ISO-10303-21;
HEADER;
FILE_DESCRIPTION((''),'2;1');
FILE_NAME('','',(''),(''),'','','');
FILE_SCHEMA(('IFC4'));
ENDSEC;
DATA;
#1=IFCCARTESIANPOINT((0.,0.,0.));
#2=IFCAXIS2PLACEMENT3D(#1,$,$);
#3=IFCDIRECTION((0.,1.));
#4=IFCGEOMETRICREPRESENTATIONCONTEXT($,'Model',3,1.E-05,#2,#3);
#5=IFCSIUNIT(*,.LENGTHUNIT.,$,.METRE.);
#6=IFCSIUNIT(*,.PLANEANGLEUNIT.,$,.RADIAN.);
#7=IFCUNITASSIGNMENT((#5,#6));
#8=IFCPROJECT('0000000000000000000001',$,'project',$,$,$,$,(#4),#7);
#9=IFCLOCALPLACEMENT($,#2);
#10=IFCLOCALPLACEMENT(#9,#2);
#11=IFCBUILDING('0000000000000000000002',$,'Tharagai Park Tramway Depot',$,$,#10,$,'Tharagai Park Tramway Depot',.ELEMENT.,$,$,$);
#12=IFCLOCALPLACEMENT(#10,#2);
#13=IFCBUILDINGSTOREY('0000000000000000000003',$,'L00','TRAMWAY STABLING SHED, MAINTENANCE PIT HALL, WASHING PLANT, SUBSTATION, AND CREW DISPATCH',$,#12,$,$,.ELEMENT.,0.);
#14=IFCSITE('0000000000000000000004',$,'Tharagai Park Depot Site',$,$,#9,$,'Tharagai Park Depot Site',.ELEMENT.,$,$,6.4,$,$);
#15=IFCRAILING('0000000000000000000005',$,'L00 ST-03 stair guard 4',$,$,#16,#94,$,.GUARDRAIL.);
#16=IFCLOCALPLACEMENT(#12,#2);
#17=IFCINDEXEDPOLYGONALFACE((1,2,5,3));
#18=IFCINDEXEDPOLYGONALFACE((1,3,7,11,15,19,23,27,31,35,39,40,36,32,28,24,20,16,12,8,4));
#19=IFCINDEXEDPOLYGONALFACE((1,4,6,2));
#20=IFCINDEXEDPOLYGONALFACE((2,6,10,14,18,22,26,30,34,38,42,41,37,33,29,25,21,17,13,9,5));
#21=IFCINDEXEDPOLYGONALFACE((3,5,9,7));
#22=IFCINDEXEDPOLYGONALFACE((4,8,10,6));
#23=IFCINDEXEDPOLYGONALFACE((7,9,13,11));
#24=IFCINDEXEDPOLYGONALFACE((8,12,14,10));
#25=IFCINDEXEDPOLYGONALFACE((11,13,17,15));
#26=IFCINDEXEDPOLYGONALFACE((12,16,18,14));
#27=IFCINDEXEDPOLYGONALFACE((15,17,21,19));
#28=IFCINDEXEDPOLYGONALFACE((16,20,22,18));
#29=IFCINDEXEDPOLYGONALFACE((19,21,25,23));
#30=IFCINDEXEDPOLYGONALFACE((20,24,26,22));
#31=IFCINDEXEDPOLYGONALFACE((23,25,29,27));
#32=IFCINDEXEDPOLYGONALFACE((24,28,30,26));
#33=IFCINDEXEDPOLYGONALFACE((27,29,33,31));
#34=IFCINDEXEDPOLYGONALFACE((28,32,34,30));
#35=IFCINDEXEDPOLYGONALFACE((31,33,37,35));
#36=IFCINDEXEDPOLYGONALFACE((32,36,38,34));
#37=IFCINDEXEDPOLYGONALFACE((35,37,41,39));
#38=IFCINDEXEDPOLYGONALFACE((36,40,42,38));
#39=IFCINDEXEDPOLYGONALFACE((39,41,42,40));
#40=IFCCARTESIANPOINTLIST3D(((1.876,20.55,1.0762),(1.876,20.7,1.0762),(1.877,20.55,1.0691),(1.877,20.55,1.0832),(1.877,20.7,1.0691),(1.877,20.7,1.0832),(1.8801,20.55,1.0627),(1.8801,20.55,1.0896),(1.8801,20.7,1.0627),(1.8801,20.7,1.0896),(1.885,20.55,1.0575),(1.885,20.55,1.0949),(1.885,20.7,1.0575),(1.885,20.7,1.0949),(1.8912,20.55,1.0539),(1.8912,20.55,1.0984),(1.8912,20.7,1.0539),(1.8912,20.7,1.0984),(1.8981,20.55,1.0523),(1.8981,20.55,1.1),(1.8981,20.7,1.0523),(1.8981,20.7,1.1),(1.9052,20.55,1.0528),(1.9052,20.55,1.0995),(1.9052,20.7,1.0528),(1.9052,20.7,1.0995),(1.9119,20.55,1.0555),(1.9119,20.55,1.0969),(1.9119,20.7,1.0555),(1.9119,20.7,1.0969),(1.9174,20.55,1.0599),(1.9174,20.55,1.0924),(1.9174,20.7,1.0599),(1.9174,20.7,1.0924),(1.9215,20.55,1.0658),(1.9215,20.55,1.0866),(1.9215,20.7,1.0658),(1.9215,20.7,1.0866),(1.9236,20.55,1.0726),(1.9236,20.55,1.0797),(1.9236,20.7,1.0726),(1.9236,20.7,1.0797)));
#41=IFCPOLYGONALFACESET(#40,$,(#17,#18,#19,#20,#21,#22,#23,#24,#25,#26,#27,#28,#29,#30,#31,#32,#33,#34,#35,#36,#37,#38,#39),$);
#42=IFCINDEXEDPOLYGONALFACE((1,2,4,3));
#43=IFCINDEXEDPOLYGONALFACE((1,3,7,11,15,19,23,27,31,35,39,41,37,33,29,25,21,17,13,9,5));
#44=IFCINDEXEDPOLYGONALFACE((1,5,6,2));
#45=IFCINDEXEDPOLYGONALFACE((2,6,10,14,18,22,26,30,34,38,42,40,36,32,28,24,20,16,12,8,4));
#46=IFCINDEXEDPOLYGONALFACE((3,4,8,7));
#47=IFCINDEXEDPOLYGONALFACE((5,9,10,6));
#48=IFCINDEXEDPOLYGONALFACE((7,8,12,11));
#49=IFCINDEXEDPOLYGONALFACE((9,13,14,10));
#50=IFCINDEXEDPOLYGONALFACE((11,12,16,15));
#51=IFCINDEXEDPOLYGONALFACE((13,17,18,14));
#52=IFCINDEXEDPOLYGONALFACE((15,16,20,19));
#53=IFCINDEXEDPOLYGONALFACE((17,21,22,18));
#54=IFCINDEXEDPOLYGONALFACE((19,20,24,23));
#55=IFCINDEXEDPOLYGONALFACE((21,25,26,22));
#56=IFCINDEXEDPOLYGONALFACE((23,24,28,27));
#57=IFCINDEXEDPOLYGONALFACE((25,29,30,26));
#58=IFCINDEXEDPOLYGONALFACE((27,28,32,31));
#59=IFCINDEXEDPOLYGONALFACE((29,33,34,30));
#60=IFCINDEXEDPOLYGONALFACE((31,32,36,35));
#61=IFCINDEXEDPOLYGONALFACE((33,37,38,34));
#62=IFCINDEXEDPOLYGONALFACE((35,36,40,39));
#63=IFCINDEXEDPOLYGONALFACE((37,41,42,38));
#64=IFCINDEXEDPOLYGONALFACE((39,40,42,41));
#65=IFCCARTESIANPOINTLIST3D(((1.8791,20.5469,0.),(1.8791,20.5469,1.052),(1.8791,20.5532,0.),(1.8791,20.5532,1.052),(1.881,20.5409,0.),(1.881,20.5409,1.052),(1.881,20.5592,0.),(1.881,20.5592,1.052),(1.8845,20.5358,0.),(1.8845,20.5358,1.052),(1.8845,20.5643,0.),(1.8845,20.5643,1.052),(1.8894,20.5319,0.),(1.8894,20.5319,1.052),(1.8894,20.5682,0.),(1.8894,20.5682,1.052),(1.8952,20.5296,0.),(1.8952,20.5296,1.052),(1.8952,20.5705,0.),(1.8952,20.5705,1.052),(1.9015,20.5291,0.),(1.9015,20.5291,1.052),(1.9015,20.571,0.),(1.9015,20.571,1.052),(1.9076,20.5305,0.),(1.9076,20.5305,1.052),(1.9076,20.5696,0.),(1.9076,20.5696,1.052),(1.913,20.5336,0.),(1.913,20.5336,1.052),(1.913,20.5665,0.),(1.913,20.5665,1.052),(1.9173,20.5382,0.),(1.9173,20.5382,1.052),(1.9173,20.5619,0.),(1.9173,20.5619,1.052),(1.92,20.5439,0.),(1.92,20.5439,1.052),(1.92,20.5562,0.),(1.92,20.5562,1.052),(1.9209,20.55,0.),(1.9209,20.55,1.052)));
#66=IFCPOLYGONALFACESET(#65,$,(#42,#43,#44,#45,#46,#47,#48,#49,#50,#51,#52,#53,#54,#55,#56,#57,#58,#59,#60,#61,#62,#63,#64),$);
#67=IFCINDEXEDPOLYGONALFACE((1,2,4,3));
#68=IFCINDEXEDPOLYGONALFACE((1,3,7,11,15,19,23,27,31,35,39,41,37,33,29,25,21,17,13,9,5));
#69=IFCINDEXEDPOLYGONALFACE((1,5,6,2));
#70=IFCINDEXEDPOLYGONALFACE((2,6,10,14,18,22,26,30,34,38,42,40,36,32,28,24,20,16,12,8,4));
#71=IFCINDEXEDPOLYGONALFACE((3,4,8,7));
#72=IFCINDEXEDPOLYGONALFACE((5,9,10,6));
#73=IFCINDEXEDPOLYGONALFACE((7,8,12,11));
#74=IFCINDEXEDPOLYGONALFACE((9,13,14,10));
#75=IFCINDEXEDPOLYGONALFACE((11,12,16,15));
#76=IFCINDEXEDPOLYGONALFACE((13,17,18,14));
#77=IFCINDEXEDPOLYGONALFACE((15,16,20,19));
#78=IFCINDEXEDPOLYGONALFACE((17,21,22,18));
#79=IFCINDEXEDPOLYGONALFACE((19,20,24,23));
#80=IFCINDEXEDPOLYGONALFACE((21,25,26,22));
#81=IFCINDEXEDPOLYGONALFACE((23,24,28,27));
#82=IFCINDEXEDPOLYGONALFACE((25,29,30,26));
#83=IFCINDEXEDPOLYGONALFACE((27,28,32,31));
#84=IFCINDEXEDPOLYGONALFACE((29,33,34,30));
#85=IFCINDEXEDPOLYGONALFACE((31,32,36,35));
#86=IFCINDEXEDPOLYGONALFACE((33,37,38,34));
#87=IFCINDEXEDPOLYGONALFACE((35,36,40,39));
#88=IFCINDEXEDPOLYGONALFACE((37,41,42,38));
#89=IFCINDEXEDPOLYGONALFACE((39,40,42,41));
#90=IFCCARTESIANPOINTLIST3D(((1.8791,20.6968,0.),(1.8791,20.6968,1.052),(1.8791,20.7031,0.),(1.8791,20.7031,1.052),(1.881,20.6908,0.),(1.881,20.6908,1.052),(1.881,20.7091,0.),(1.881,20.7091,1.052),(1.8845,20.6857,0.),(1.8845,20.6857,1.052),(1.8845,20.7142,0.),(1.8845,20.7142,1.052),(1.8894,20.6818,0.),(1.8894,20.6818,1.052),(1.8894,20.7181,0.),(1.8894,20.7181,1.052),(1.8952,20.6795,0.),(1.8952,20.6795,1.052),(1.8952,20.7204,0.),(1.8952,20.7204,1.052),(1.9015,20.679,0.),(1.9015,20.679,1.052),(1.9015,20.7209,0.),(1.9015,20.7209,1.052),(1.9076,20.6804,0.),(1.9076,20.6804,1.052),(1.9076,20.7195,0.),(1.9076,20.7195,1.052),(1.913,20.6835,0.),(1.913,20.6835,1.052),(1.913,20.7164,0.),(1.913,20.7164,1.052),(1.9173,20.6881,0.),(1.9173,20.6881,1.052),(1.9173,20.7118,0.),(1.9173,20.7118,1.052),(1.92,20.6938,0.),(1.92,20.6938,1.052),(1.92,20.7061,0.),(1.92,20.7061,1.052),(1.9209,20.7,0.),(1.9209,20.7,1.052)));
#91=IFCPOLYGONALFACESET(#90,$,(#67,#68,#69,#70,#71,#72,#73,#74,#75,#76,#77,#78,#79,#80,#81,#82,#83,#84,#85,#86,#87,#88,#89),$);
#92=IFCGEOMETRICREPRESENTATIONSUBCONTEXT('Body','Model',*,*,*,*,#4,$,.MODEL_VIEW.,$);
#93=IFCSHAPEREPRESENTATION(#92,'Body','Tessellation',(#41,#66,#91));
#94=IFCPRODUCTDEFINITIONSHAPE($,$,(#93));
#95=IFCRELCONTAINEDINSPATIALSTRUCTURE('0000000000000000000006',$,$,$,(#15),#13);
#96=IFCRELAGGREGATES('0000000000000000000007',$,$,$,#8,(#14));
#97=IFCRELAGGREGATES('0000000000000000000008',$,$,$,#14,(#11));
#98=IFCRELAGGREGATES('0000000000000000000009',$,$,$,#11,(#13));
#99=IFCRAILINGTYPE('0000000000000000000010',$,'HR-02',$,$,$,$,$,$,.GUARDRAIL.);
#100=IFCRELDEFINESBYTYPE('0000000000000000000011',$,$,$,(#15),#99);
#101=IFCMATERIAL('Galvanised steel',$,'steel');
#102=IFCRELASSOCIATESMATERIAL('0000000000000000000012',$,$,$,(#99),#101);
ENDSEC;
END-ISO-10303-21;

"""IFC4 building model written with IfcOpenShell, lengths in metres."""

from ifc_helpers import new_model, si_unit, direction, frame, origin, origin_2d, place, context, subcontext, project, spatial, circle, extrude, material, type_object, element, save


model = new_model("IFC4")

# Units and contexts
model_context = context("Model", 3, precision=1e-05, world=origin(), true_north=direction((0.0, 1.0)))
body_context = subcontext(model_context, "Body", "Model", "MODEL_VIEW")
ifc_project = project(units=[si_unit("LENGTHUNIT", "METRE"), si_unit("PLANEANGLEUNIT", "RADIAN")], contexts=[model_context])

# Site, building, storey
site_placement = place(None, origin())
site = spatial("IfcSite", under=ifc_project, at=site_placement, Name="Tharagai Park Depot Site", LongName="Tharagai Park Depot Site", CompositionType="ELEMENT", RefElevation=6.4)
building_placement = place(site_placement, origin())
building = spatial("IfcBuilding", under=site, at=building_placement, Name="Tharagai Park Tramway Depot", LongName="Tharagai Park Tramway Depot", CompositionType="ELEMENT")
storey_placement = place(building_placement, origin())
storey = spatial("IfcBuildingStorey", under=building, at=storey_placement, Name="L00", Description="TRAMWAY STABLING SHED, MAINTENANCE PIT HALL, WASHING PLANT, SUBSTATION, AND CREW DISPATCH", CompositionType="ELEMENT", Elevation=0.0)

# Railing
ifc_material_1 = material(Name="Galvanised steel", Category="steel")
railing_type_1 = type_object("IfcRailingType", Name="HR-02", PredefinedType="GUARDRAIL", material=ifc_material_1)
railing_1_placement = place(storey_placement, frame((1.8999, 20.55, 0.0)))
element("IfcRailing", 1, at=railing_1_placement, inside=storey, type_object=railing_type_1, Name="L00 ST-03 stair guard 4", PredefinedType="GUARDRAIL", context=body_context, shape_type="SweptSolid", body=[
    extrude(circle(Radius=0.0239, at=origin_2d()), frame((0.0, 0.0, 1.0762), z_axis=(0.0, 1.0, 0.0), x_axis=(-1.0, 0.0, 0.0)), (0.0, 0.0, 1.0), 0.1499),
    extrude(circle(Radius=0.021, at=origin_2d()), origin(), (0.0, 0.0, 1.0), 1.052),
    extrude(circle(Radius=0.021, at=origin_2d()), frame((0.0, 0.1499, 0.0)), (0.0, 0.0, 1.0), 1.052),
])

save(model, "model.ifc")
